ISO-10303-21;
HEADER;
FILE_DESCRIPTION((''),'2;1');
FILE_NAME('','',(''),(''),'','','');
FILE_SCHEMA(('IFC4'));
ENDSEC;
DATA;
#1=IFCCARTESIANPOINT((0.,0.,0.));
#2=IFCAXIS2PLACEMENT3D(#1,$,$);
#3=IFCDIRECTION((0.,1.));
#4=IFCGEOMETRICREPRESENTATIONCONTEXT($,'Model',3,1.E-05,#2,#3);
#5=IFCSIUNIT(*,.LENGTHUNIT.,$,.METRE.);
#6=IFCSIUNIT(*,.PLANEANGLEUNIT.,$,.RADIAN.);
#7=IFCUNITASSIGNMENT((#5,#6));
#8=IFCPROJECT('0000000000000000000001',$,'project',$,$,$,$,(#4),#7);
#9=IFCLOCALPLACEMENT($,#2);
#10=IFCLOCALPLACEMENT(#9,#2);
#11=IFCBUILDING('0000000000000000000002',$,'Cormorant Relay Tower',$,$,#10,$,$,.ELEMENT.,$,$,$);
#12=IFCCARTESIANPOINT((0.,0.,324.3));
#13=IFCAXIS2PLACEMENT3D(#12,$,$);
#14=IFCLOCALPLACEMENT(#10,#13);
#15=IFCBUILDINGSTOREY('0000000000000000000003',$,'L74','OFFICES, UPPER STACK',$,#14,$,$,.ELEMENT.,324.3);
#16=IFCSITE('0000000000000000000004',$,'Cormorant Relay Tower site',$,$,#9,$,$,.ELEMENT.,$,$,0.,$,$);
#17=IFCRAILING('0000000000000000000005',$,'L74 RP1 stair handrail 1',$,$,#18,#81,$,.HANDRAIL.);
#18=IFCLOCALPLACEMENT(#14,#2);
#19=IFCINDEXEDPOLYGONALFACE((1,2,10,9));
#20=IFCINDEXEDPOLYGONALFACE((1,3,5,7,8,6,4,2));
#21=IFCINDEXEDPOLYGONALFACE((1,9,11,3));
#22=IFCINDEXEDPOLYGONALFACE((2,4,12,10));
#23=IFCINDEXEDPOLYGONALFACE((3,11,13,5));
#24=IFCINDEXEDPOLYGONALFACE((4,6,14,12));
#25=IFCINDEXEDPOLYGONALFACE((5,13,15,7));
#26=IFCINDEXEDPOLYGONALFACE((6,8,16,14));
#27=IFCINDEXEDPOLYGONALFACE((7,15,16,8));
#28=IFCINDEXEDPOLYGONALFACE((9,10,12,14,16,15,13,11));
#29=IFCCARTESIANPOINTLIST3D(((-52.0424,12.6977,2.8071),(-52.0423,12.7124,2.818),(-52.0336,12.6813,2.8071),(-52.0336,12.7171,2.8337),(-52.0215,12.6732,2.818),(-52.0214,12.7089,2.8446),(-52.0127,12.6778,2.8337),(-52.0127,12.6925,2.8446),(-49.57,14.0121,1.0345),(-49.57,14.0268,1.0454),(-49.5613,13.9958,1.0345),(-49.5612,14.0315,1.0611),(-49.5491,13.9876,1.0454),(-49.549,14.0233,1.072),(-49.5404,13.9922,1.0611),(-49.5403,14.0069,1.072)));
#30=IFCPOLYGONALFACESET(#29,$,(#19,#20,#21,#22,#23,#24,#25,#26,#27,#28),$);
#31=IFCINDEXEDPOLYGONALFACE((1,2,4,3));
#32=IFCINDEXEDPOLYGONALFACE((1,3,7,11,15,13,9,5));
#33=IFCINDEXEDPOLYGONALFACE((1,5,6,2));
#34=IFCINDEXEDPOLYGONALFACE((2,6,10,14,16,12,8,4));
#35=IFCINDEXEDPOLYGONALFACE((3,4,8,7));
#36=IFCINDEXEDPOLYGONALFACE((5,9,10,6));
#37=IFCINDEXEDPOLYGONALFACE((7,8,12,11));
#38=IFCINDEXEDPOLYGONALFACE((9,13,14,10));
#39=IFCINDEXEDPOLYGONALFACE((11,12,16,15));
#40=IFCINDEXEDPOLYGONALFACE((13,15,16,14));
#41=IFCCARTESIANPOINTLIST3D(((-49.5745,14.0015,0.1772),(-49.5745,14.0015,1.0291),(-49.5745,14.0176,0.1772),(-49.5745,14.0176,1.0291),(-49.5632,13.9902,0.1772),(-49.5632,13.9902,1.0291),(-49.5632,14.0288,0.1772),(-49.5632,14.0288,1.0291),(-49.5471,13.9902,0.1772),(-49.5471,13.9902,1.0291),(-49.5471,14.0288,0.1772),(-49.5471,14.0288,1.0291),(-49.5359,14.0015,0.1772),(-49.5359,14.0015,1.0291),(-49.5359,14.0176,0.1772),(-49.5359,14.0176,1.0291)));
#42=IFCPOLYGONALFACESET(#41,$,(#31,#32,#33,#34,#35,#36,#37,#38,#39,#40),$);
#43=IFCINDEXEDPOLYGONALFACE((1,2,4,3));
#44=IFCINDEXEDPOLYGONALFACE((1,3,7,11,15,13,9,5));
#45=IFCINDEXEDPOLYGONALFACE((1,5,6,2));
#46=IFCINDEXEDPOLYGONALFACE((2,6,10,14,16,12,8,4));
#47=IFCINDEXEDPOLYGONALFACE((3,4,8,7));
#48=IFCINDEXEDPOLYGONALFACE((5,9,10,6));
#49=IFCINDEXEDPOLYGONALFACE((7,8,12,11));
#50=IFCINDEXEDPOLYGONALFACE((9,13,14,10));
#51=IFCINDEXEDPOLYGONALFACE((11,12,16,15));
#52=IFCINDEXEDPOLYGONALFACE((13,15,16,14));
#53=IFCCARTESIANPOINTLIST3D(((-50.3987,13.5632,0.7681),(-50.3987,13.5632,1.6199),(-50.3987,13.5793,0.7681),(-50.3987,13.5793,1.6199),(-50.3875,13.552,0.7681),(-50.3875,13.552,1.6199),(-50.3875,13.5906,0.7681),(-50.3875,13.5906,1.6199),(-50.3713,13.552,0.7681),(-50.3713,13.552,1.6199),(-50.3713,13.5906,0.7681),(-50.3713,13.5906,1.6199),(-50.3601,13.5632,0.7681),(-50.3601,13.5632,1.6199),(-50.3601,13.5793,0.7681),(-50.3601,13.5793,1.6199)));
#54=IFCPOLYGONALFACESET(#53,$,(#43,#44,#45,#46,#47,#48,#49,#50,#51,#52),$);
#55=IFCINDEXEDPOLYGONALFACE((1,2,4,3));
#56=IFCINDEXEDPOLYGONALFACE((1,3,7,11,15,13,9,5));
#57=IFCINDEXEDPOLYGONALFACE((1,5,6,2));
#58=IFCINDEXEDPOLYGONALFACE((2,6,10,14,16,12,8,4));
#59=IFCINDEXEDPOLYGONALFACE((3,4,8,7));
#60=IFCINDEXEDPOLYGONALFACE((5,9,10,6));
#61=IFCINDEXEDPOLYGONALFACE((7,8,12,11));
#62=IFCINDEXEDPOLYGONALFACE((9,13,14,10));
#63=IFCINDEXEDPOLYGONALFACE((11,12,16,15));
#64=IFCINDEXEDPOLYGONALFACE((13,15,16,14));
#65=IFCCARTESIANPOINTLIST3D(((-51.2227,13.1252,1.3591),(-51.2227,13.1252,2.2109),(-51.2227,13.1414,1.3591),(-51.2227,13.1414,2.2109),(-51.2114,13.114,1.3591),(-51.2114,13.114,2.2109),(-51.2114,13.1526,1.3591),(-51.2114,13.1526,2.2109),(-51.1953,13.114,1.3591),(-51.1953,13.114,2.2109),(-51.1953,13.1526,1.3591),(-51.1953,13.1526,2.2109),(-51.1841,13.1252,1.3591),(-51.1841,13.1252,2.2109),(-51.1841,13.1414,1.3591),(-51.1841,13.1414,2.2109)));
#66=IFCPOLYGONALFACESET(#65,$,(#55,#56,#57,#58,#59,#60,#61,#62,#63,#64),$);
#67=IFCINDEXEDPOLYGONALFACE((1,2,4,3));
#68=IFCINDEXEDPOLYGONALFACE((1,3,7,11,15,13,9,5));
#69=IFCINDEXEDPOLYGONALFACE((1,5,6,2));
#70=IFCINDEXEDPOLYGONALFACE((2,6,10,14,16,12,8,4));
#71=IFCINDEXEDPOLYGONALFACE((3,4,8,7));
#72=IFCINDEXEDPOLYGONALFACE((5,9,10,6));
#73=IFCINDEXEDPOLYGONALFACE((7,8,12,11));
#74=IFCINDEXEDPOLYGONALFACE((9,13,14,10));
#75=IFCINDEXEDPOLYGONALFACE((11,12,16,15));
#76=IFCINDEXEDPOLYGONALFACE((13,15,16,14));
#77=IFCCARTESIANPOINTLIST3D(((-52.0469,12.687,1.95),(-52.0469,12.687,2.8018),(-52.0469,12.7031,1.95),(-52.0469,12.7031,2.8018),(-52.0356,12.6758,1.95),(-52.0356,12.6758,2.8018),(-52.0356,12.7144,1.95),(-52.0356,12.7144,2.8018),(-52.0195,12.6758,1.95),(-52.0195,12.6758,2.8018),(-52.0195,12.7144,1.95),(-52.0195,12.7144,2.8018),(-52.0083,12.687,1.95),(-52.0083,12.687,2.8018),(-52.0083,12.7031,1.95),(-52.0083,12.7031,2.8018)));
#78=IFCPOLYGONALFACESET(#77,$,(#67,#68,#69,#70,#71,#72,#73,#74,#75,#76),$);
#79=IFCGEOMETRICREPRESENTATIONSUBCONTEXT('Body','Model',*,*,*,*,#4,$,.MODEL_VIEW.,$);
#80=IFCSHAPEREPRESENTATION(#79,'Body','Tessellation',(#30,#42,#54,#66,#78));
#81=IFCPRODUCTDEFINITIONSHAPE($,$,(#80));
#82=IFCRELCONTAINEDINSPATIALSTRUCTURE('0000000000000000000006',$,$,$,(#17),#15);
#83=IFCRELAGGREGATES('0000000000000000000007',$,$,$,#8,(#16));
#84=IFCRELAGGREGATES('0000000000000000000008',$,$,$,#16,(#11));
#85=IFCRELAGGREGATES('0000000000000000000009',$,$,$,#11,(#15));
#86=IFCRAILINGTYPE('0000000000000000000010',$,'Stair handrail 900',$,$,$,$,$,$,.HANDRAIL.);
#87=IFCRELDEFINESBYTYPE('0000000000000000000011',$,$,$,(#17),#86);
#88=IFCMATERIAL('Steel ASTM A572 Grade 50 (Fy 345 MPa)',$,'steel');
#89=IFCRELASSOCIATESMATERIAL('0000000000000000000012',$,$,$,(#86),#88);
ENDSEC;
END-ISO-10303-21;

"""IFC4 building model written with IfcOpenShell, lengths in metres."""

from ifc_helpers import new_model, si_unit, direction, frame, origin, place, context, subcontext, project, spatial, polyline, outline, extrude, material, type_object, element, save


model = new_model("IFC4")

# Units and contexts
model_context = context("Model", 3, precision=1e-05, world=origin(), true_north=direction((0.0, 1.0)))
body_context = subcontext(model_context, "Body", "Model", "MODEL_VIEW")
ifc_project = project(units=[si_unit("LENGTHUNIT", "METRE"), si_unit("PLANEANGLEUNIT", "RADIAN")], contexts=[model_context])

# Site, building, storey
site_placement = place(None, origin())
site = spatial("IfcSite", under=ifc_project, at=site_placement, Name="Cormorant Relay Tower site", CompositionType="ELEMENT", RefElevation=0.0)
building_placement = place(site_placement, origin())
building = spatial("IfcBuilding", under=site, at=building_placement, Name="Cormorant Relay Tower", CompositionType="ELEMENT")
storey_placement = place(building_placement, frame((0.0, 0.0, 324.3)))
storey = spatial("IfcBuildingStorey", under=building, at=storey_placement, Name="L74", Description="OFFICES, UPPER STACK", CompositionType="ELEMENT", Elevation=324.3)

# Railing
ifc_material_1 = material(Name="Steel ASTM A572 Grade 50 (Fy 345 MPa)", Category="steel")
railing_type_1 = type_object("IfcRailingType", Name="Stair handrail 900", PredefinedType="HANDRAIL", material=ifc_material_1)
railing_1_placement = place(storey_placement, frame((-49.5552, 14.0095, 0.1772)))
element("IfcRailing", 1, at=railing_1_placement, inside=storey, type_object=railing_type_1, Name="L74 RP1 stair handrail 1", PredefinedType="HANDRAIL", context=body_context, shape_type="SweptSolid", body=[
    extrude(outline(polyline([(0.0222, 0.0093), (0.0093, 0.0222), (-0.0093, 0.0222), (-0.0222, 0.0093), (-0.0222, -0.0093), (-0.0093, -0.0222), (0.0093, -0.0222), (0.0222, -0.0093), (0.0222, 0.0093)])), frame((0.0, 0.0, 0.876), z_axis=(-0.746034, -0.396627, 0.534902), x_axis=(0.469429, -0.88297, 0.0)), (0.0, 0.0, 1.0), 3.314),
    extrude(outline(polyline([(0.0193, 0.0081), (0.0081, 0.0193), (-0.0081, 0.0193), (-0.0193, 0.0081), (-0.0193, -0.0081), (-0.0081, -0.0193), (0.0081, -0.0193), (0.0193, -0.0081), (0.0193, 0.0081)])), origin(), (0.0, 0.0, 1.0), 0.8518),
    extrude(outline(polyline([(0.0193, 0.0081), (0.0081, 0.0193), (-0.0081, 0.0193), (-0.0193, 0.0081), (-0.0193, -0.0081), (-0.0081, -0.0193), (0.0081, -0.0193), (0.0193, -0.0081), (0.0193, 0.0081)])), frame((-0.8242, -0.4382, 0.5908)), (0.0, 0.0, 1.0), 0.8518),
    extrude(outline(polyline([(0.0193, 0.0081), (0.0081, 0.0193), (-0.0081, 0.0193), (-0.0193, 0.0081), (-0.0193, -0.0081), (-0.0081, -0.0193), (0.0081, -0.0193), (0.0193, -0.0081), (0.0193, 0.0081)])), frame((-1.6482, -0.8762, 1.1819)), (0.0, 0.0, 1.0), 0.8518),
    extrude(outline(polyline([(0.0193, 0.0081), (0.0081, 0.0193), (-0.0081, 0.0193), (-0.0193, 0.0081), (-0.0193, -0.0081), (-0.0081, -0.0193), (0.0081, -0.0193), (0.0193, -0.0081), (0.0193, 0.0081)])), frame((-2.4724, -1.3145, 1.7727)), (0.0, 0.0, 1.0), 0.8518),
])

save(model, "model.ifc")
